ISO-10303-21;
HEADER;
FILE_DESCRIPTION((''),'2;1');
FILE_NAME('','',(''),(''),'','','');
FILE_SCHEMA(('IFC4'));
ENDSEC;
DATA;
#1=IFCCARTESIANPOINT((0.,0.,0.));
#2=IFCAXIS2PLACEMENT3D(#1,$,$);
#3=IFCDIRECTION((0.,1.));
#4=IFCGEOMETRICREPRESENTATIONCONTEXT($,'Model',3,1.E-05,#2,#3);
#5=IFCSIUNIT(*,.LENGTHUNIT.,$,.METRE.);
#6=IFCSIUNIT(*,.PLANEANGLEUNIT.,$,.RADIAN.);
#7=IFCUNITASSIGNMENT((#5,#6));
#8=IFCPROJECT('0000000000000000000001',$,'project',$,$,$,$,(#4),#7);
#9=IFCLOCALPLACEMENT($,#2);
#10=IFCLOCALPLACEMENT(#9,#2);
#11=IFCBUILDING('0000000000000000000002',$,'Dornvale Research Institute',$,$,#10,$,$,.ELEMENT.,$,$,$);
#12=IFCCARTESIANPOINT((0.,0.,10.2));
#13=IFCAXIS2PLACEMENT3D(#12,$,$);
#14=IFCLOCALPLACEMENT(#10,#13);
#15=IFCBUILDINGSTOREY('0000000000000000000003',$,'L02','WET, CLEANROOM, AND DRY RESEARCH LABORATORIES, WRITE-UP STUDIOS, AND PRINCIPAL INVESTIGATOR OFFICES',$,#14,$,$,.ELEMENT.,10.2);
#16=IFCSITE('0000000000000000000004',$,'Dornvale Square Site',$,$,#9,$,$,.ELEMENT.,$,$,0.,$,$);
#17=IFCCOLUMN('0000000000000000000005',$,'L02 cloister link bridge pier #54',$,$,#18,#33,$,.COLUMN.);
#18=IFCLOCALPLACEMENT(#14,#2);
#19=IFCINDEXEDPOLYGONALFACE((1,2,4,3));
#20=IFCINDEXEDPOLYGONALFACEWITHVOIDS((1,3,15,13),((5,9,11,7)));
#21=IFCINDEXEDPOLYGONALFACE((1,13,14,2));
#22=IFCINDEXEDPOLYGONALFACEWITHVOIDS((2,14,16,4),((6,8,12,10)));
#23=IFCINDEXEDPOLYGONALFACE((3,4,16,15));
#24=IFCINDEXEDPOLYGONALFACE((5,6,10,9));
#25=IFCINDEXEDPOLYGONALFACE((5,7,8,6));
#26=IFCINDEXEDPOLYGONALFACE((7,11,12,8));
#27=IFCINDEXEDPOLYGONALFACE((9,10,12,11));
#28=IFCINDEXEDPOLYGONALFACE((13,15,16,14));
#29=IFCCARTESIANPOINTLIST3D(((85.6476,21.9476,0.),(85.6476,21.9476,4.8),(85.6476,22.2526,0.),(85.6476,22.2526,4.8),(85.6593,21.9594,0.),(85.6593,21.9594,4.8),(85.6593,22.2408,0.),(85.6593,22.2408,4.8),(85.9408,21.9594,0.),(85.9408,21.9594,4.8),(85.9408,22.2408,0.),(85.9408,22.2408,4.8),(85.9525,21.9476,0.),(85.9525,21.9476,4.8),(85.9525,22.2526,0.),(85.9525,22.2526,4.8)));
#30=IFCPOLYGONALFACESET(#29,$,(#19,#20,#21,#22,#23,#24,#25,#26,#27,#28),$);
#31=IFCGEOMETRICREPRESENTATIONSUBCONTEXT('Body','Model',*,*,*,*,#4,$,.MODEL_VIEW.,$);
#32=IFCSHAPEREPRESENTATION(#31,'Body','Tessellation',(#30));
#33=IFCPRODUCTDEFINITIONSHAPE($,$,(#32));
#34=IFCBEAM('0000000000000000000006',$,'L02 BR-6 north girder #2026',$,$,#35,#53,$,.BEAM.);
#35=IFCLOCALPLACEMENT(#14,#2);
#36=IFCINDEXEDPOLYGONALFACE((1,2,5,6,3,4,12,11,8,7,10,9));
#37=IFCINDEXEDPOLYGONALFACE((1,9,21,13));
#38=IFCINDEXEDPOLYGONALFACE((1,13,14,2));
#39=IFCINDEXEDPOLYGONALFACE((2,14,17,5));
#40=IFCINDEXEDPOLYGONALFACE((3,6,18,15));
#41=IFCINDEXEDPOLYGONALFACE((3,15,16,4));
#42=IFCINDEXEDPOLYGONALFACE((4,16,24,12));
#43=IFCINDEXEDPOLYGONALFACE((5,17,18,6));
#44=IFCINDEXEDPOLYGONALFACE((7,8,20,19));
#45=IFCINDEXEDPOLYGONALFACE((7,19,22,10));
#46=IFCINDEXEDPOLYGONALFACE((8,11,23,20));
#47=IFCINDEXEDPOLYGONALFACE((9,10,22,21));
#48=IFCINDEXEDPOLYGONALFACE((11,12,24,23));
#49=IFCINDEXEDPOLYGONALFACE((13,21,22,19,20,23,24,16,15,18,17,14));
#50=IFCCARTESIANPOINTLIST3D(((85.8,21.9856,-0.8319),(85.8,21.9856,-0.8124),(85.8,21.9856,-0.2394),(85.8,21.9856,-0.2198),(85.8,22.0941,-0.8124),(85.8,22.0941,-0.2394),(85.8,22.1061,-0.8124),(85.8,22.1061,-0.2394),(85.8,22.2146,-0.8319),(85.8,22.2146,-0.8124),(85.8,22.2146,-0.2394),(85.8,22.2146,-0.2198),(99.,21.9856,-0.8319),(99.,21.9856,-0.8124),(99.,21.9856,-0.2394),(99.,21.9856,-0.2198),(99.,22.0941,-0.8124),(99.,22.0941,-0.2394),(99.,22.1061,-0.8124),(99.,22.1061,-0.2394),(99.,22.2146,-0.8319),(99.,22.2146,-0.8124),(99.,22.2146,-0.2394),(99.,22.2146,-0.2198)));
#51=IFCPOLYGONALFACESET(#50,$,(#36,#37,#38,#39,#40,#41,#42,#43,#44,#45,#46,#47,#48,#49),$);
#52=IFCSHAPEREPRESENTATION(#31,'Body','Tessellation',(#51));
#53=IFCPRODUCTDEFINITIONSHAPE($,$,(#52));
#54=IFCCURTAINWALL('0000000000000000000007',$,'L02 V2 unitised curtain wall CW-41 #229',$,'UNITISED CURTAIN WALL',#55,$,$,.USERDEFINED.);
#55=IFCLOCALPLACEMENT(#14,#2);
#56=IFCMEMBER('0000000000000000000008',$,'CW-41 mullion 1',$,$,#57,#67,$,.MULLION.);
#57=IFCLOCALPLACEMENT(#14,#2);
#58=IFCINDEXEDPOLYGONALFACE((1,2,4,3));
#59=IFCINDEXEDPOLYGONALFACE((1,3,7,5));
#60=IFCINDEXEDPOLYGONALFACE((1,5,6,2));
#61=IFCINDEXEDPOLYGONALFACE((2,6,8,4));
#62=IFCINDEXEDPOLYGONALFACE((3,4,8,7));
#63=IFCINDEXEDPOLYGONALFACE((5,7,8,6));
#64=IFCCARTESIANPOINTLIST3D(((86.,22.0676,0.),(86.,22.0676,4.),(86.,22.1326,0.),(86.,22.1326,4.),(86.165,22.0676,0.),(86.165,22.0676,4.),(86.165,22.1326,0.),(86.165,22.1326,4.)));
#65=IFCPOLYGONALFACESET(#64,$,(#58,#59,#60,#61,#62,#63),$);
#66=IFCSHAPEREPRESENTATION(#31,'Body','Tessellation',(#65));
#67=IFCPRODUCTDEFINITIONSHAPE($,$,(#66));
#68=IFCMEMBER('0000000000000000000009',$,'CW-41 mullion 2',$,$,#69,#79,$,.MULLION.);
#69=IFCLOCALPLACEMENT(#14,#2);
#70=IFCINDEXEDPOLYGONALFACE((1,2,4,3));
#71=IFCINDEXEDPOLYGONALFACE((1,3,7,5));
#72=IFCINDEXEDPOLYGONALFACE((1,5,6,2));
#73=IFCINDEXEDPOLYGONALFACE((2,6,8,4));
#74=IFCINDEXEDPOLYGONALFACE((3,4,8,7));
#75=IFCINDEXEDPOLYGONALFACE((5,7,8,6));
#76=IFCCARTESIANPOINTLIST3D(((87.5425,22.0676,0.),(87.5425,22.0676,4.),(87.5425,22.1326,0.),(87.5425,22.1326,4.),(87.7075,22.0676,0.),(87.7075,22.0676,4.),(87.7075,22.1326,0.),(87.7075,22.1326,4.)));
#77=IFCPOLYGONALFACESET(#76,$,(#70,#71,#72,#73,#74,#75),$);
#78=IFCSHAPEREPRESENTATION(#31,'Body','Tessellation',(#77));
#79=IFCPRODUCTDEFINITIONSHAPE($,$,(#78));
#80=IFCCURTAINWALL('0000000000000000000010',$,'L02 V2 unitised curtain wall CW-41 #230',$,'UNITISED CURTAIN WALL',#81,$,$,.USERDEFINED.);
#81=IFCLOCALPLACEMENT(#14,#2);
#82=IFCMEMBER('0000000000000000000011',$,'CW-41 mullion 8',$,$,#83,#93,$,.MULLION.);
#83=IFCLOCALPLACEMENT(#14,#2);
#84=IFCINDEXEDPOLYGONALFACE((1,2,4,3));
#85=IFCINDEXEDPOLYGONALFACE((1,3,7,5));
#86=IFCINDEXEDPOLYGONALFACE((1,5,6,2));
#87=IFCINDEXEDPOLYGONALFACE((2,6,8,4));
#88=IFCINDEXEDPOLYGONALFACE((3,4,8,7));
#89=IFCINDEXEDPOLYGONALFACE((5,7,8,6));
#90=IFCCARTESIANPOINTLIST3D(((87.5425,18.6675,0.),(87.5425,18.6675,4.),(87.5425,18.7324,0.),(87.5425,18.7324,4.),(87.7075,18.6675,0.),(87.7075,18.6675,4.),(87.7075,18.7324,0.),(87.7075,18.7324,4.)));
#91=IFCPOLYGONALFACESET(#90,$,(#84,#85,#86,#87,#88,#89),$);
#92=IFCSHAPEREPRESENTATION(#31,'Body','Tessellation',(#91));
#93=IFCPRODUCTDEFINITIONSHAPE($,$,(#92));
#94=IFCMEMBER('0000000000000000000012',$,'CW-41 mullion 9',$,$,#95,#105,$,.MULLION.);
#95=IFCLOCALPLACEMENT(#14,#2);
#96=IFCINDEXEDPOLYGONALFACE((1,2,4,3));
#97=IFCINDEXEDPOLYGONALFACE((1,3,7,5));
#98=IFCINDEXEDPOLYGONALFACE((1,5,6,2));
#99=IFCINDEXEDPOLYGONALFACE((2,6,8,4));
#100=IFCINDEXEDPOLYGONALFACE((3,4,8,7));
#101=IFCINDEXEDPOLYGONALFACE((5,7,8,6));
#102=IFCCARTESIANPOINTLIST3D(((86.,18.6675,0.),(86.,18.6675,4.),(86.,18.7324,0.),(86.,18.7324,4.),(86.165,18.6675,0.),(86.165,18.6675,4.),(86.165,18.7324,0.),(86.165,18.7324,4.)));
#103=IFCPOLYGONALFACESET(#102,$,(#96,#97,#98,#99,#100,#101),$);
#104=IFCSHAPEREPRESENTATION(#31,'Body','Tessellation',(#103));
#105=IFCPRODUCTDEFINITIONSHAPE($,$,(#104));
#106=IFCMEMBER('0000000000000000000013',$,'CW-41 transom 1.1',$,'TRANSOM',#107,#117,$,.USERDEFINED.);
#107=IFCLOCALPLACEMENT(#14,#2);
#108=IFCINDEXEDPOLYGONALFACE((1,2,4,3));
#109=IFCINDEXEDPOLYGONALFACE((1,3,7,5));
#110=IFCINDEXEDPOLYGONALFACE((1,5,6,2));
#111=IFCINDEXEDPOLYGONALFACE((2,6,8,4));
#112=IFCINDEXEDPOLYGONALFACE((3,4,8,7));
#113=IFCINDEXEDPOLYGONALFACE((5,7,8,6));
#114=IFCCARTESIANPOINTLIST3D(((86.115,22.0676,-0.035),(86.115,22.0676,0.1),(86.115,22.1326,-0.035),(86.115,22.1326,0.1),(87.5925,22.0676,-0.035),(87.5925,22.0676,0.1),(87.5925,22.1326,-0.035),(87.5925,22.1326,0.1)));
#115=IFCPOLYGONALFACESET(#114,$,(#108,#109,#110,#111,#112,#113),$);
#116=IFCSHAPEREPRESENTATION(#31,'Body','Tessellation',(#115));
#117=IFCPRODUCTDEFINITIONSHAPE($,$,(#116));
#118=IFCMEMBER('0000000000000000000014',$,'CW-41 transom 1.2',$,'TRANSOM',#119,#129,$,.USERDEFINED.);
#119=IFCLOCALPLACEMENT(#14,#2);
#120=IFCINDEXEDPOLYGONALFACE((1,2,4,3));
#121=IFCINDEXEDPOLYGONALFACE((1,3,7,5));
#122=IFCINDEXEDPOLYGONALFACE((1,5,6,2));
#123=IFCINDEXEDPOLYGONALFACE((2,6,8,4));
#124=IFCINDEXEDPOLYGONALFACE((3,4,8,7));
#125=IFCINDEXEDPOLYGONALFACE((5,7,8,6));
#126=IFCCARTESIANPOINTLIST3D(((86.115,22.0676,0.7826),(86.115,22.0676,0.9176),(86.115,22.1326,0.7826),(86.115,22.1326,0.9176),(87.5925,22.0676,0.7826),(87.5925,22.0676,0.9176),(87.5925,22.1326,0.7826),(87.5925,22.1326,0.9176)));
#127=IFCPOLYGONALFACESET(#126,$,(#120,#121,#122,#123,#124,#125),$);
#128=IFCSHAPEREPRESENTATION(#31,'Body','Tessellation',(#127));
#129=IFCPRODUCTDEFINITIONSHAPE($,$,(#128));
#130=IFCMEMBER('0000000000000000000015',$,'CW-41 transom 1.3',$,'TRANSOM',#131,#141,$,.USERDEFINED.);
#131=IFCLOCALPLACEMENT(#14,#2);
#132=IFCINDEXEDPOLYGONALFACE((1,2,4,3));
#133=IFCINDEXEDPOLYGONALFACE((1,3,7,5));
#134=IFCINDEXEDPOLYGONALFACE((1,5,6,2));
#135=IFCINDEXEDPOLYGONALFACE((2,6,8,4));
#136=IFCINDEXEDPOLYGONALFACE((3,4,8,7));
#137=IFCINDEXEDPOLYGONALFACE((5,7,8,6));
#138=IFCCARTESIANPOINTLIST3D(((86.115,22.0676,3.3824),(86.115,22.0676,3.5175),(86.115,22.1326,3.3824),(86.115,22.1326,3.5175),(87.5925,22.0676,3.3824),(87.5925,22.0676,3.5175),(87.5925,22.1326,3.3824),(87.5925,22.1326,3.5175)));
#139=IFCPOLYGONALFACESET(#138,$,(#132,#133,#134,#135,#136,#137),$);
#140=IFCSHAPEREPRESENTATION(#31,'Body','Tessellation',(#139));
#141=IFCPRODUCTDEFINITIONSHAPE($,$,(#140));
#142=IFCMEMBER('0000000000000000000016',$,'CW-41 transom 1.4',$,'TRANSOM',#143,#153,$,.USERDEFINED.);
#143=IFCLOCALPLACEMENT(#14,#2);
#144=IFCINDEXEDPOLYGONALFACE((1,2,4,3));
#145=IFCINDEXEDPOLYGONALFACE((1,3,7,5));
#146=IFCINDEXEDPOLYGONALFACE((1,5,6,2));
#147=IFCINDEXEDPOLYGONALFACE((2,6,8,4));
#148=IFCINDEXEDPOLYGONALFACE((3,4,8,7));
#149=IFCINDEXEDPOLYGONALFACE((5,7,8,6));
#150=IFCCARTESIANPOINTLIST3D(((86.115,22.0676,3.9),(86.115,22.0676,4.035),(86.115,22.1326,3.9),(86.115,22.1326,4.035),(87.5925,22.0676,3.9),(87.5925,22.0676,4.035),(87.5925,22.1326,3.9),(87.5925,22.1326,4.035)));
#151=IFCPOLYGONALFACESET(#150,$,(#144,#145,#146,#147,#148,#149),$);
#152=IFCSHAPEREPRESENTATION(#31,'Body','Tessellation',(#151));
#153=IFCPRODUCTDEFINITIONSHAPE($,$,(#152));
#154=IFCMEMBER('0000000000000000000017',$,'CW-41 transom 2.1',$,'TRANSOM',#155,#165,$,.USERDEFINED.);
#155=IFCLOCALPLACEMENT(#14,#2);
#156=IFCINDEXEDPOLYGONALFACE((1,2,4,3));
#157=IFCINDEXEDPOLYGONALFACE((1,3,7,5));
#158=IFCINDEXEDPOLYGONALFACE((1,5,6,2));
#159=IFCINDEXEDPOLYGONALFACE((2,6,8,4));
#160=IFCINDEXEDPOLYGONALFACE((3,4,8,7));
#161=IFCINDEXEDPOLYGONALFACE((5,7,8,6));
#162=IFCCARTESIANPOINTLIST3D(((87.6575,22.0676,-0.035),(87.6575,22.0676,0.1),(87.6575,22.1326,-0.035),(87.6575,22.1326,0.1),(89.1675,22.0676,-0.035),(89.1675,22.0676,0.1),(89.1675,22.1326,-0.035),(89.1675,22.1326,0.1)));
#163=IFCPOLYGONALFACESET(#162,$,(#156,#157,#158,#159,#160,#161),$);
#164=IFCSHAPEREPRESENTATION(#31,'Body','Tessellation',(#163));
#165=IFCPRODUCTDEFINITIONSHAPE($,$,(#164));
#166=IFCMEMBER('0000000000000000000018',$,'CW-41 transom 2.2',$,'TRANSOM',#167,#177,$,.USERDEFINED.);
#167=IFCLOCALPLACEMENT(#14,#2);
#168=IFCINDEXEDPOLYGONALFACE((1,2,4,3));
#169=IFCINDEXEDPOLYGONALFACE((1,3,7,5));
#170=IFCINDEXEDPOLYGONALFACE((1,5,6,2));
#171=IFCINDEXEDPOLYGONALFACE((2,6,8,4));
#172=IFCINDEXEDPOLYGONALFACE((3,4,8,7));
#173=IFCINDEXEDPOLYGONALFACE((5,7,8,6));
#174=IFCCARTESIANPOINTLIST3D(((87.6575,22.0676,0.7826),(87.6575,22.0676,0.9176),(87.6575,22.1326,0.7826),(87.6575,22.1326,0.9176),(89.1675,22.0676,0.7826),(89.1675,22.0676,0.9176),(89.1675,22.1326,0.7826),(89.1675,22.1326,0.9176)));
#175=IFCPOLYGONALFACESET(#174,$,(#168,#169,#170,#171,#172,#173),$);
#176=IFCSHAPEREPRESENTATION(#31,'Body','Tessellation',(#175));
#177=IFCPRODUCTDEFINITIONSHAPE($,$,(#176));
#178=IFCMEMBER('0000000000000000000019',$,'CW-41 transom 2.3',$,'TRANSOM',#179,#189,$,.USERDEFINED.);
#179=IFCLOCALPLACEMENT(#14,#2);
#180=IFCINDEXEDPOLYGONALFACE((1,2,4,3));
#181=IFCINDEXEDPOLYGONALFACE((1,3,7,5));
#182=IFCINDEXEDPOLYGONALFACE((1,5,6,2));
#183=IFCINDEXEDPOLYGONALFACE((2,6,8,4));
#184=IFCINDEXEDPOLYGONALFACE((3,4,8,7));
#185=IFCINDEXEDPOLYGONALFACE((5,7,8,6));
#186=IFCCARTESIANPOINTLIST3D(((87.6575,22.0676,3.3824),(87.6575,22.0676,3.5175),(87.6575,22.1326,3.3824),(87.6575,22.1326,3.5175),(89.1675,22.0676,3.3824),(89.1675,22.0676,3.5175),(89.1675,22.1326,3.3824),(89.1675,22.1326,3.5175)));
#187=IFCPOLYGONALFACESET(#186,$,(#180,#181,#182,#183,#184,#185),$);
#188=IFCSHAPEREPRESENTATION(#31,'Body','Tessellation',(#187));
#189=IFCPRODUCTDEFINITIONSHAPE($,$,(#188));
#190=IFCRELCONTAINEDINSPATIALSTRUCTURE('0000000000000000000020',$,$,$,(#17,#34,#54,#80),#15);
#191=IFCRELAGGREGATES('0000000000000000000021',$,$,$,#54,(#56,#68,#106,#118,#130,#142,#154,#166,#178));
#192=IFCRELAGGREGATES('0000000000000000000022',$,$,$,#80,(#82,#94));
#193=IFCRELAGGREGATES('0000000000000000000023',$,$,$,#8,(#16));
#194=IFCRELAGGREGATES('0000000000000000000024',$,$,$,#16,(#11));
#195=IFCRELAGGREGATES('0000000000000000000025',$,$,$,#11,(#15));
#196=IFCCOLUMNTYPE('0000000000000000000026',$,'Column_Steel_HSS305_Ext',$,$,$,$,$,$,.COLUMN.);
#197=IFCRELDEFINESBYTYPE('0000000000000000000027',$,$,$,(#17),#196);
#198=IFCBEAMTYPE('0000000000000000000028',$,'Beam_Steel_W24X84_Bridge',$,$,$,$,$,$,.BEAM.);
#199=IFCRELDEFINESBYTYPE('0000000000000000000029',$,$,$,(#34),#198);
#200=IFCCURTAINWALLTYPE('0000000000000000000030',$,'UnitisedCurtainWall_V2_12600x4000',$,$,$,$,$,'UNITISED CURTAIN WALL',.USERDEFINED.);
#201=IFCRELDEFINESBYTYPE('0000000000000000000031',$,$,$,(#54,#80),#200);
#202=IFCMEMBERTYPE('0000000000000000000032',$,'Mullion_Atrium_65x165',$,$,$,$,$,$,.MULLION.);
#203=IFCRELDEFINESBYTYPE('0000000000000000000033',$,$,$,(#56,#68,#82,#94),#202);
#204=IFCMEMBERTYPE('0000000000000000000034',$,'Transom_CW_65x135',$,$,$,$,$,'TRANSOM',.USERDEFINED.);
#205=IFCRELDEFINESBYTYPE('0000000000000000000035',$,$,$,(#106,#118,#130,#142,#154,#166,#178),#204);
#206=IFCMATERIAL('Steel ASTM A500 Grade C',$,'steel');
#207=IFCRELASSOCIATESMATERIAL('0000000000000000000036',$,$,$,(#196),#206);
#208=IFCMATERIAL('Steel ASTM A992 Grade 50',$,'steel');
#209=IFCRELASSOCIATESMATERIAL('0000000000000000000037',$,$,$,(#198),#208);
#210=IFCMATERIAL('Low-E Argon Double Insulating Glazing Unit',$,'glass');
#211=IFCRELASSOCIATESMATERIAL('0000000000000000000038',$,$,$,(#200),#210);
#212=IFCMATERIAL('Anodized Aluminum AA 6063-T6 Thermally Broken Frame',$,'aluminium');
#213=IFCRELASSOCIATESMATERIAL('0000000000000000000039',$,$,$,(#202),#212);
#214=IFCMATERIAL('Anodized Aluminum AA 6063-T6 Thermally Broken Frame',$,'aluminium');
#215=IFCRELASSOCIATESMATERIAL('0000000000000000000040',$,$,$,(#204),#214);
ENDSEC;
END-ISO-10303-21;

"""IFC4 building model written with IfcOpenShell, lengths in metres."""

from ifc_helpers import new_model, si_unit, direction, frame, origin, origin_2d, place, context, subcontext, project, spatial, rectangle, hollow_rectangle, i_section, extrude, material, material_profile, profile_set, type_object, element, aggregate, save


model = new_model("IFC4")

# Units and contexts
model_context = context("Model", 3, precision=1e-05, world=origin(), true_north=direction((0.0, 1.0)))
body_context = subcontext(model_context, "Body", "Model", "MODEL_VIEW")
ifc_project = project(units=[si_unit("LENGTHUNIT", "METRE"), si_unit("PLANEANGLEUNIT", "RADIAN")], contexts=[model_context])

# Site, building, storey
site_placement = place(None, origin())
site = spatial("IfcSite", under=ifc_project, at=site_placement, Name="Dornvale Square Site", CompositionType="ELEMENT", RefElevation=0.0)
building_placement = place(site_placement, origin())
building = spatial("IfcBuilding", under=site, at=building_placement, Name="Dornvale Research Institute", CompositionType="ELEMENT")
storey_placement = place(building_placement, frame((0.0, 0.0, 10.2)))
storey = spatial("IfcBuildingStorey", under=building, at=storey_placement, Name="L02", Description="WET, CLEANROOM, AND DRY RESEARCH LABORATORIES, WRITE-UP STUDIOS, AND PRINCIPAL INVESTIGATOR OFFICES", CompositionType="ELEMENT", Elevation=10.2)

# Column
ifc_material_1 = material(Name="Steel ASTM A500 Grade C", Category="steel")
ifc_material_profile_1 = material_profile(ifc_material_1, hollow_rectangle(XDim=0.3049, YDim=0.3049, WallThickness=0.0117, at=origin_2d()), Name="HSS305X305X12.7")
ifc_profile_set_1 = profile_set([ifc_material_profile_1], Name="Steel ASTM A500 Grade C")
column_type = type_object("IfcColumnType", Name="Column_Steel_HSS305_Ext", PredefinedType="COLUMN", material=ifc_profile_set_1)
column_placement = place(storey_placement, frame((85.8, 22.1001, 0.0), z_axis=(0.0, 0.0, 1.0), x_axis=(1.0, 0.0, 0.0)))
element("IfcColumn", 1, at=column_placement, inside=storey, type_object=column_type, Name="L02 cloister link bridge pier #54", PredefinedType="COLUMN", context=body_context, shape_type="SweptSolid", body=[
    extrude(hollow_rectangle(XDim=0.3049, YDim=0.3049, WallThickness=0.0117, at=origin_2d()), origin(), (0.0, 0.0, 1.0), 4.8),
])

# Beam
ifc_material_2 = material(Name="Steel ASTM A992 Grade 50", Category="steel")
ifc_material_profile_2 = material_profile(ifc_material_2, i_section(OverallWidth=0.229, OverallDepth=0.6121, WebThickness=0.012, FlangeThickness=0.0195, at=origin_2d()), Name="W24X84")
ifc_profile_set_2 = profile_set([ifc_material_profile_2], Name="Steel ASTM A992 Grade 50")
beam_type = type_object("IfcBeamType", Name="Beam_Steel_W24X84_Bridge", PredefinedType="BEAM", material=ifc_profile_set_2)
beam_placement = place(storey_placement, frame((85.8, 22.1001, -0.5259), z_axis=(1.0, 0.0, 0.0), x_axis=(0.0, 1.0, 0.0)))
element("IfcBeam", 2, at=beam_placement, inside=storey, type_object=beam_type, Name="L02 BR-6 north girder #2026", PredefinedType="BEAM", context=body_context, shape_type="SweptSolid", body=[
    extrude(i_section(OverallWidth=0.229, OverallDepth=0.6121, WebThickness=0.012, FlangeThickness=0.0195, at=origin_2d()), origin(), (0.0, 0.0, 1.0), 13.2),
])

# Curtain walls, members
ifc_material_3 = material(Name="Low-E Argon Double Insulating Glazing Unit", Category="glass")
curtain_wall_type = type_object("IfcCurtainWallType", Name="UnitisedCurtainWall_V2_12600x4000", ElementType="UNITISED CURTAIN WALL", PredefinedType="USERDEFINED", material=ifc_material_3)
curtain_wall_1_placement = place(storey_placement, origin())
curtain_wall_1 = element("IfcCurtainWall", 3, at=curtain_wall_1_placement, inside=storey, type_object=curtain_wall_type, Name="L02 V2 unitised curtain wall CW-41 #229", ObjectType="UNITISED CURTAIN WALL", PredefinedType="USERDEFINED")
ifc_material_4 = material(Name="Anodized Aluminum AA 6063-T6 Thermally Broken Frame", Category="aluminium")
ifc_material_profile_3 = material_profile(ifc_material_4, rectangle(XDim=0.0649, YDim=0.165, at=origin_2d()), Name="ALU MULLION 65x165")
ifc_profile_set_3 = profile_set([ifc_material_profile_3], Name="Anodized Aluminum AA 6063-T6 Thermally Broken Frame")
member_type_1 = type_object("IfcMemberType", Name="Mullion_Atrium_65x165", PredefinedType="MULLION", material=ifc_profile_set_3)
member_1_placement = place(storey_placement, frame((86.0825, 22.1001, 0.0), z_axis=(0.0, 0.0, 1.0), x_axis=(0.0, 1.0, 0.0)))
member_1 = element("IfcMember", 4, at=member_1_placement, type_object=member_type_1, Name="CW-41 mullion 1", PredefinedType="MULLION", context=body_context, shape_type="SweptSolid", body=[
    extrude(rectangle(XDim=0.0649, YDim=0.165, at=origin_2d()), origin(), (0.0, 0.0, 1.0), 4.0),
])
member_2_placement = place(storey_placement, frame((87.625, 22.1001, 0.0), z_axis=(0.0, 0.0, 1.0), x_axis=(0.0, 1.0, 0.0)))
member_2 = element("IfcMember", 5, at=member_2_placement, type_object=member_type_1, Name="CW-41 mullion 2", PredefinedType="MULLION", context=body_context, shape_type="SweptSolid", body=[
    extrude(rectangle(XDim=0.0649, YDim=0.165, at=origin_2d()), origin(), (0.0, 0.0, 1.0), 4.0),
])
curtain_wall_2_placement = place(storey_placement, origin())
curtain_wall_2 = element("IfcCurtainWall", 6, at=curtain_wall_2_placement, inside=storey, type_object=curtain_wall_type, Name="L02 V2 unitised curtain wall CW-41 #230", ObjectType="UNITISED CURTAIN WALL", PredefinedType="USERDEFINED")
member_3_placement = place(storey_placement, frame((87.625, 18.7, 0.0), z_axis=(0.0, 0.0, 1.0), x_axis=(0.0, -1.0, 0.0)))
member_3 = element("IfcMember", 7, at=member_3_placement, type_object=member_type_1, Name="CW-41 mullion 8", PredefinedType="MULLION", context=body_context, shape_type="SweptSolid", body=[
    extrude(rectangle(XDim=0.0649, YDim=0.165, at=origin_2d()), origin(), (0.0, 0.0, 1.0), 4.0),
])
member_4_placement = place(storey_placement, frame((86.0825, 18.7, 0.0), z_axis=(0.0, 0.0, 1.0), x_axis=(0.0, -1.0, 0.0)))
member_4 = element("IfcMember", 8, at=member_4_placement, type_object=member_type_1, Name="CW-41 mullion 9", PredefinedType="MULLION", context=body_context, shape_type="SweptSolid", body=[
    extrude(rectangle(XDim=0.0649, YDim=0.165, at=origin_2d()), origin(), (0.0, 0.0, 1.0), 4.0),
])

# Members
ifc_material_5 = material(Name="Anodized Aluminum AA 6063-T6 Thermally Broken Frame", Category="aluminium")
ifc_material_profile_4 = material_profile(ifc_material_5, rectangle(XDim=0.0649, YDim=0.135, at=origin_2d()), Name="ALU TRANSOM 65x135")
ifc_profile_set_4 = profile_set([ifc_material_profile_4], Name="Anodized Aluminum AA 6063-T6 Thermally Broken Frame")
member_type_2 = type_object("IfcMemberType", Name="Transom_CW_65x135", ElementType="TRANSOM", PredefinedType="USERDEFINED", material=ifc_profile_set_4)
member_5_placement = place(storey_placement, frame((86.115, 22.1001, 0.0325), z_axis=(1.0, 0.0, 0.0), x_axis=(0.0, 1.0, 0.0)))
member_5 = element("IfcMember", 9, at=member_5_placement, type_object=member_type_2, Name="CW-41 transom 1.1", ObjectType="TRANSOM", PredefinedType="USERDEFINED", context=body_context, shape_type="SweptSolid", body=[
    extrude(rectangle(XDim=0.0649, YDim=0.135, at=origin_2d()), origin(), (0.0, 0.0, 1.0), 1.4775),
])
member_6_placement = place(storey_placement, frame((86.115, 22.1001, 0.8501), z_axis=(1.0, 0.0, 0.0), x_axis=(0.0, 1.0, 0.0)))
member_6 = element("IfcMember", 10, at=member_6_placement, type_object=member_type_2, Name="CW-41 transom 1.2", ObjectType="TRANSOM", PredefinedType="USERDEFINED", context=body_context, shape_type="SweptSolid", body=[
    extrude(rectangle(XDim=0.0649, YDim=0.135, at=origin_2d()), origin(), (0.0, 0.0, 1.0), 1.4775),
])
member_7_placement = place(storey_placement, frame((86.115, 22.1001, 3.45), z_axis=(1.0, 0.0, 0.0), x_axis=(0.0, 1.0, 0.0)))
member_7 = element("IfcMember", 11, at=member_7_placement, type_object=member_type_2, Name="CW-41 transom 1.3", ObjectType="TRANSOM", PredefinedType="USERDEFINED", context=body_context, shape_type="SweptSolid", body=[
    extrude(rectangle(XDim=0.0649, YDim=0.135, at=origin_2d()), origin(), (0.0, 0.0, 1.0), 1.4775),
])
member_8_placement = place(storey_placement, frame((86.115, 22.1001, 3.9675), z_axis=(1.0, 0.0, 0.0), x_axis=(0.0, 1.0, 0.0)))
member_8 = element("IfcMember", 12, at=member_8_placement, type_object=member_type_2, Name="CW-41 transom 1.4", ObjectType="TRANSOM", PredefinedType="USERDEFINED", context=body_context, shape_type="SweptSolid", body=[
    extrude(rectangle(XDim=0.0649, YDim=0.135, at=origin_2d()), origin(), (0.0, 0.0, 1.0), 1.4775),
])
member_9_placement = place(storey_placement, frame((87.6575, 22.1001, 0.0325), z_axis=(1.0, 0.0, 0.0), x_axis=(0.0, 1.0, 0.0)))
member_9 = element("IfcMember", 13, at=member_9_placement, type_object=member_type_2, Name="CW-41 transom 2.1", ObjectType="TRANSOM", PredefinedType="USERDEFINED", context=body_context, shape_type="SweptSolid", body=[
    extrude(rectangle(XDim=0.0649, YDim=0.135, at=origin_2d()), origin(), (0.0, 0.0, 1.0), 1.51),
])
member_10_placement = place(storey_placement, frame((87.6575, 22.1001, 0.8501), z_axis=(1.0, 0.0, 0.0), x_axis=(0.0, 1.0, 0.0)))
member_10 = element("IfcMember", 14, at=member_10_placement, type_object=member_type_2, Name="CW-41 transom 2.2", ObjectType="TRANSOM", PredefinedType="USERDEFINED", context=body_context, shape_type="SweptSolid", body=[
    extrude(rectangle(XDim=0.0649, YDim=0.135, at=origin_2d()), origin(), (0.0, 0.0, 1.0), 1.51),
])
member_11_placement = place(storey_placement, frame((87.6575, 22.1001, 3.45), z_axis=(1.0, 0.0, 0.0), x_axis=(0.0, 1.0, 0.0)))
member_11 = element("IfcMember", 15, at=member_11_placement, type_object=member_type_2, Name="CW-41 transom 2.3", ObjectType="TRANSOM", PredefinedType="USERDEFINED", context=body_context, shape_type="SweptSolid", body=[
    extrude(rectangle(XDim=0.0649, YDim=0.135, at=origin_2d()), origin(), (0.0, 0.0, 1.0), 1.51),
])

aggregate(curtain_wall_1, [member_1, member_2, member_5, member_6, member_7, member_8, member_9, member_10, member_11])
aggregate(curtain_wall_2, [member_3, member_4])

save(model, "model.ifc")
